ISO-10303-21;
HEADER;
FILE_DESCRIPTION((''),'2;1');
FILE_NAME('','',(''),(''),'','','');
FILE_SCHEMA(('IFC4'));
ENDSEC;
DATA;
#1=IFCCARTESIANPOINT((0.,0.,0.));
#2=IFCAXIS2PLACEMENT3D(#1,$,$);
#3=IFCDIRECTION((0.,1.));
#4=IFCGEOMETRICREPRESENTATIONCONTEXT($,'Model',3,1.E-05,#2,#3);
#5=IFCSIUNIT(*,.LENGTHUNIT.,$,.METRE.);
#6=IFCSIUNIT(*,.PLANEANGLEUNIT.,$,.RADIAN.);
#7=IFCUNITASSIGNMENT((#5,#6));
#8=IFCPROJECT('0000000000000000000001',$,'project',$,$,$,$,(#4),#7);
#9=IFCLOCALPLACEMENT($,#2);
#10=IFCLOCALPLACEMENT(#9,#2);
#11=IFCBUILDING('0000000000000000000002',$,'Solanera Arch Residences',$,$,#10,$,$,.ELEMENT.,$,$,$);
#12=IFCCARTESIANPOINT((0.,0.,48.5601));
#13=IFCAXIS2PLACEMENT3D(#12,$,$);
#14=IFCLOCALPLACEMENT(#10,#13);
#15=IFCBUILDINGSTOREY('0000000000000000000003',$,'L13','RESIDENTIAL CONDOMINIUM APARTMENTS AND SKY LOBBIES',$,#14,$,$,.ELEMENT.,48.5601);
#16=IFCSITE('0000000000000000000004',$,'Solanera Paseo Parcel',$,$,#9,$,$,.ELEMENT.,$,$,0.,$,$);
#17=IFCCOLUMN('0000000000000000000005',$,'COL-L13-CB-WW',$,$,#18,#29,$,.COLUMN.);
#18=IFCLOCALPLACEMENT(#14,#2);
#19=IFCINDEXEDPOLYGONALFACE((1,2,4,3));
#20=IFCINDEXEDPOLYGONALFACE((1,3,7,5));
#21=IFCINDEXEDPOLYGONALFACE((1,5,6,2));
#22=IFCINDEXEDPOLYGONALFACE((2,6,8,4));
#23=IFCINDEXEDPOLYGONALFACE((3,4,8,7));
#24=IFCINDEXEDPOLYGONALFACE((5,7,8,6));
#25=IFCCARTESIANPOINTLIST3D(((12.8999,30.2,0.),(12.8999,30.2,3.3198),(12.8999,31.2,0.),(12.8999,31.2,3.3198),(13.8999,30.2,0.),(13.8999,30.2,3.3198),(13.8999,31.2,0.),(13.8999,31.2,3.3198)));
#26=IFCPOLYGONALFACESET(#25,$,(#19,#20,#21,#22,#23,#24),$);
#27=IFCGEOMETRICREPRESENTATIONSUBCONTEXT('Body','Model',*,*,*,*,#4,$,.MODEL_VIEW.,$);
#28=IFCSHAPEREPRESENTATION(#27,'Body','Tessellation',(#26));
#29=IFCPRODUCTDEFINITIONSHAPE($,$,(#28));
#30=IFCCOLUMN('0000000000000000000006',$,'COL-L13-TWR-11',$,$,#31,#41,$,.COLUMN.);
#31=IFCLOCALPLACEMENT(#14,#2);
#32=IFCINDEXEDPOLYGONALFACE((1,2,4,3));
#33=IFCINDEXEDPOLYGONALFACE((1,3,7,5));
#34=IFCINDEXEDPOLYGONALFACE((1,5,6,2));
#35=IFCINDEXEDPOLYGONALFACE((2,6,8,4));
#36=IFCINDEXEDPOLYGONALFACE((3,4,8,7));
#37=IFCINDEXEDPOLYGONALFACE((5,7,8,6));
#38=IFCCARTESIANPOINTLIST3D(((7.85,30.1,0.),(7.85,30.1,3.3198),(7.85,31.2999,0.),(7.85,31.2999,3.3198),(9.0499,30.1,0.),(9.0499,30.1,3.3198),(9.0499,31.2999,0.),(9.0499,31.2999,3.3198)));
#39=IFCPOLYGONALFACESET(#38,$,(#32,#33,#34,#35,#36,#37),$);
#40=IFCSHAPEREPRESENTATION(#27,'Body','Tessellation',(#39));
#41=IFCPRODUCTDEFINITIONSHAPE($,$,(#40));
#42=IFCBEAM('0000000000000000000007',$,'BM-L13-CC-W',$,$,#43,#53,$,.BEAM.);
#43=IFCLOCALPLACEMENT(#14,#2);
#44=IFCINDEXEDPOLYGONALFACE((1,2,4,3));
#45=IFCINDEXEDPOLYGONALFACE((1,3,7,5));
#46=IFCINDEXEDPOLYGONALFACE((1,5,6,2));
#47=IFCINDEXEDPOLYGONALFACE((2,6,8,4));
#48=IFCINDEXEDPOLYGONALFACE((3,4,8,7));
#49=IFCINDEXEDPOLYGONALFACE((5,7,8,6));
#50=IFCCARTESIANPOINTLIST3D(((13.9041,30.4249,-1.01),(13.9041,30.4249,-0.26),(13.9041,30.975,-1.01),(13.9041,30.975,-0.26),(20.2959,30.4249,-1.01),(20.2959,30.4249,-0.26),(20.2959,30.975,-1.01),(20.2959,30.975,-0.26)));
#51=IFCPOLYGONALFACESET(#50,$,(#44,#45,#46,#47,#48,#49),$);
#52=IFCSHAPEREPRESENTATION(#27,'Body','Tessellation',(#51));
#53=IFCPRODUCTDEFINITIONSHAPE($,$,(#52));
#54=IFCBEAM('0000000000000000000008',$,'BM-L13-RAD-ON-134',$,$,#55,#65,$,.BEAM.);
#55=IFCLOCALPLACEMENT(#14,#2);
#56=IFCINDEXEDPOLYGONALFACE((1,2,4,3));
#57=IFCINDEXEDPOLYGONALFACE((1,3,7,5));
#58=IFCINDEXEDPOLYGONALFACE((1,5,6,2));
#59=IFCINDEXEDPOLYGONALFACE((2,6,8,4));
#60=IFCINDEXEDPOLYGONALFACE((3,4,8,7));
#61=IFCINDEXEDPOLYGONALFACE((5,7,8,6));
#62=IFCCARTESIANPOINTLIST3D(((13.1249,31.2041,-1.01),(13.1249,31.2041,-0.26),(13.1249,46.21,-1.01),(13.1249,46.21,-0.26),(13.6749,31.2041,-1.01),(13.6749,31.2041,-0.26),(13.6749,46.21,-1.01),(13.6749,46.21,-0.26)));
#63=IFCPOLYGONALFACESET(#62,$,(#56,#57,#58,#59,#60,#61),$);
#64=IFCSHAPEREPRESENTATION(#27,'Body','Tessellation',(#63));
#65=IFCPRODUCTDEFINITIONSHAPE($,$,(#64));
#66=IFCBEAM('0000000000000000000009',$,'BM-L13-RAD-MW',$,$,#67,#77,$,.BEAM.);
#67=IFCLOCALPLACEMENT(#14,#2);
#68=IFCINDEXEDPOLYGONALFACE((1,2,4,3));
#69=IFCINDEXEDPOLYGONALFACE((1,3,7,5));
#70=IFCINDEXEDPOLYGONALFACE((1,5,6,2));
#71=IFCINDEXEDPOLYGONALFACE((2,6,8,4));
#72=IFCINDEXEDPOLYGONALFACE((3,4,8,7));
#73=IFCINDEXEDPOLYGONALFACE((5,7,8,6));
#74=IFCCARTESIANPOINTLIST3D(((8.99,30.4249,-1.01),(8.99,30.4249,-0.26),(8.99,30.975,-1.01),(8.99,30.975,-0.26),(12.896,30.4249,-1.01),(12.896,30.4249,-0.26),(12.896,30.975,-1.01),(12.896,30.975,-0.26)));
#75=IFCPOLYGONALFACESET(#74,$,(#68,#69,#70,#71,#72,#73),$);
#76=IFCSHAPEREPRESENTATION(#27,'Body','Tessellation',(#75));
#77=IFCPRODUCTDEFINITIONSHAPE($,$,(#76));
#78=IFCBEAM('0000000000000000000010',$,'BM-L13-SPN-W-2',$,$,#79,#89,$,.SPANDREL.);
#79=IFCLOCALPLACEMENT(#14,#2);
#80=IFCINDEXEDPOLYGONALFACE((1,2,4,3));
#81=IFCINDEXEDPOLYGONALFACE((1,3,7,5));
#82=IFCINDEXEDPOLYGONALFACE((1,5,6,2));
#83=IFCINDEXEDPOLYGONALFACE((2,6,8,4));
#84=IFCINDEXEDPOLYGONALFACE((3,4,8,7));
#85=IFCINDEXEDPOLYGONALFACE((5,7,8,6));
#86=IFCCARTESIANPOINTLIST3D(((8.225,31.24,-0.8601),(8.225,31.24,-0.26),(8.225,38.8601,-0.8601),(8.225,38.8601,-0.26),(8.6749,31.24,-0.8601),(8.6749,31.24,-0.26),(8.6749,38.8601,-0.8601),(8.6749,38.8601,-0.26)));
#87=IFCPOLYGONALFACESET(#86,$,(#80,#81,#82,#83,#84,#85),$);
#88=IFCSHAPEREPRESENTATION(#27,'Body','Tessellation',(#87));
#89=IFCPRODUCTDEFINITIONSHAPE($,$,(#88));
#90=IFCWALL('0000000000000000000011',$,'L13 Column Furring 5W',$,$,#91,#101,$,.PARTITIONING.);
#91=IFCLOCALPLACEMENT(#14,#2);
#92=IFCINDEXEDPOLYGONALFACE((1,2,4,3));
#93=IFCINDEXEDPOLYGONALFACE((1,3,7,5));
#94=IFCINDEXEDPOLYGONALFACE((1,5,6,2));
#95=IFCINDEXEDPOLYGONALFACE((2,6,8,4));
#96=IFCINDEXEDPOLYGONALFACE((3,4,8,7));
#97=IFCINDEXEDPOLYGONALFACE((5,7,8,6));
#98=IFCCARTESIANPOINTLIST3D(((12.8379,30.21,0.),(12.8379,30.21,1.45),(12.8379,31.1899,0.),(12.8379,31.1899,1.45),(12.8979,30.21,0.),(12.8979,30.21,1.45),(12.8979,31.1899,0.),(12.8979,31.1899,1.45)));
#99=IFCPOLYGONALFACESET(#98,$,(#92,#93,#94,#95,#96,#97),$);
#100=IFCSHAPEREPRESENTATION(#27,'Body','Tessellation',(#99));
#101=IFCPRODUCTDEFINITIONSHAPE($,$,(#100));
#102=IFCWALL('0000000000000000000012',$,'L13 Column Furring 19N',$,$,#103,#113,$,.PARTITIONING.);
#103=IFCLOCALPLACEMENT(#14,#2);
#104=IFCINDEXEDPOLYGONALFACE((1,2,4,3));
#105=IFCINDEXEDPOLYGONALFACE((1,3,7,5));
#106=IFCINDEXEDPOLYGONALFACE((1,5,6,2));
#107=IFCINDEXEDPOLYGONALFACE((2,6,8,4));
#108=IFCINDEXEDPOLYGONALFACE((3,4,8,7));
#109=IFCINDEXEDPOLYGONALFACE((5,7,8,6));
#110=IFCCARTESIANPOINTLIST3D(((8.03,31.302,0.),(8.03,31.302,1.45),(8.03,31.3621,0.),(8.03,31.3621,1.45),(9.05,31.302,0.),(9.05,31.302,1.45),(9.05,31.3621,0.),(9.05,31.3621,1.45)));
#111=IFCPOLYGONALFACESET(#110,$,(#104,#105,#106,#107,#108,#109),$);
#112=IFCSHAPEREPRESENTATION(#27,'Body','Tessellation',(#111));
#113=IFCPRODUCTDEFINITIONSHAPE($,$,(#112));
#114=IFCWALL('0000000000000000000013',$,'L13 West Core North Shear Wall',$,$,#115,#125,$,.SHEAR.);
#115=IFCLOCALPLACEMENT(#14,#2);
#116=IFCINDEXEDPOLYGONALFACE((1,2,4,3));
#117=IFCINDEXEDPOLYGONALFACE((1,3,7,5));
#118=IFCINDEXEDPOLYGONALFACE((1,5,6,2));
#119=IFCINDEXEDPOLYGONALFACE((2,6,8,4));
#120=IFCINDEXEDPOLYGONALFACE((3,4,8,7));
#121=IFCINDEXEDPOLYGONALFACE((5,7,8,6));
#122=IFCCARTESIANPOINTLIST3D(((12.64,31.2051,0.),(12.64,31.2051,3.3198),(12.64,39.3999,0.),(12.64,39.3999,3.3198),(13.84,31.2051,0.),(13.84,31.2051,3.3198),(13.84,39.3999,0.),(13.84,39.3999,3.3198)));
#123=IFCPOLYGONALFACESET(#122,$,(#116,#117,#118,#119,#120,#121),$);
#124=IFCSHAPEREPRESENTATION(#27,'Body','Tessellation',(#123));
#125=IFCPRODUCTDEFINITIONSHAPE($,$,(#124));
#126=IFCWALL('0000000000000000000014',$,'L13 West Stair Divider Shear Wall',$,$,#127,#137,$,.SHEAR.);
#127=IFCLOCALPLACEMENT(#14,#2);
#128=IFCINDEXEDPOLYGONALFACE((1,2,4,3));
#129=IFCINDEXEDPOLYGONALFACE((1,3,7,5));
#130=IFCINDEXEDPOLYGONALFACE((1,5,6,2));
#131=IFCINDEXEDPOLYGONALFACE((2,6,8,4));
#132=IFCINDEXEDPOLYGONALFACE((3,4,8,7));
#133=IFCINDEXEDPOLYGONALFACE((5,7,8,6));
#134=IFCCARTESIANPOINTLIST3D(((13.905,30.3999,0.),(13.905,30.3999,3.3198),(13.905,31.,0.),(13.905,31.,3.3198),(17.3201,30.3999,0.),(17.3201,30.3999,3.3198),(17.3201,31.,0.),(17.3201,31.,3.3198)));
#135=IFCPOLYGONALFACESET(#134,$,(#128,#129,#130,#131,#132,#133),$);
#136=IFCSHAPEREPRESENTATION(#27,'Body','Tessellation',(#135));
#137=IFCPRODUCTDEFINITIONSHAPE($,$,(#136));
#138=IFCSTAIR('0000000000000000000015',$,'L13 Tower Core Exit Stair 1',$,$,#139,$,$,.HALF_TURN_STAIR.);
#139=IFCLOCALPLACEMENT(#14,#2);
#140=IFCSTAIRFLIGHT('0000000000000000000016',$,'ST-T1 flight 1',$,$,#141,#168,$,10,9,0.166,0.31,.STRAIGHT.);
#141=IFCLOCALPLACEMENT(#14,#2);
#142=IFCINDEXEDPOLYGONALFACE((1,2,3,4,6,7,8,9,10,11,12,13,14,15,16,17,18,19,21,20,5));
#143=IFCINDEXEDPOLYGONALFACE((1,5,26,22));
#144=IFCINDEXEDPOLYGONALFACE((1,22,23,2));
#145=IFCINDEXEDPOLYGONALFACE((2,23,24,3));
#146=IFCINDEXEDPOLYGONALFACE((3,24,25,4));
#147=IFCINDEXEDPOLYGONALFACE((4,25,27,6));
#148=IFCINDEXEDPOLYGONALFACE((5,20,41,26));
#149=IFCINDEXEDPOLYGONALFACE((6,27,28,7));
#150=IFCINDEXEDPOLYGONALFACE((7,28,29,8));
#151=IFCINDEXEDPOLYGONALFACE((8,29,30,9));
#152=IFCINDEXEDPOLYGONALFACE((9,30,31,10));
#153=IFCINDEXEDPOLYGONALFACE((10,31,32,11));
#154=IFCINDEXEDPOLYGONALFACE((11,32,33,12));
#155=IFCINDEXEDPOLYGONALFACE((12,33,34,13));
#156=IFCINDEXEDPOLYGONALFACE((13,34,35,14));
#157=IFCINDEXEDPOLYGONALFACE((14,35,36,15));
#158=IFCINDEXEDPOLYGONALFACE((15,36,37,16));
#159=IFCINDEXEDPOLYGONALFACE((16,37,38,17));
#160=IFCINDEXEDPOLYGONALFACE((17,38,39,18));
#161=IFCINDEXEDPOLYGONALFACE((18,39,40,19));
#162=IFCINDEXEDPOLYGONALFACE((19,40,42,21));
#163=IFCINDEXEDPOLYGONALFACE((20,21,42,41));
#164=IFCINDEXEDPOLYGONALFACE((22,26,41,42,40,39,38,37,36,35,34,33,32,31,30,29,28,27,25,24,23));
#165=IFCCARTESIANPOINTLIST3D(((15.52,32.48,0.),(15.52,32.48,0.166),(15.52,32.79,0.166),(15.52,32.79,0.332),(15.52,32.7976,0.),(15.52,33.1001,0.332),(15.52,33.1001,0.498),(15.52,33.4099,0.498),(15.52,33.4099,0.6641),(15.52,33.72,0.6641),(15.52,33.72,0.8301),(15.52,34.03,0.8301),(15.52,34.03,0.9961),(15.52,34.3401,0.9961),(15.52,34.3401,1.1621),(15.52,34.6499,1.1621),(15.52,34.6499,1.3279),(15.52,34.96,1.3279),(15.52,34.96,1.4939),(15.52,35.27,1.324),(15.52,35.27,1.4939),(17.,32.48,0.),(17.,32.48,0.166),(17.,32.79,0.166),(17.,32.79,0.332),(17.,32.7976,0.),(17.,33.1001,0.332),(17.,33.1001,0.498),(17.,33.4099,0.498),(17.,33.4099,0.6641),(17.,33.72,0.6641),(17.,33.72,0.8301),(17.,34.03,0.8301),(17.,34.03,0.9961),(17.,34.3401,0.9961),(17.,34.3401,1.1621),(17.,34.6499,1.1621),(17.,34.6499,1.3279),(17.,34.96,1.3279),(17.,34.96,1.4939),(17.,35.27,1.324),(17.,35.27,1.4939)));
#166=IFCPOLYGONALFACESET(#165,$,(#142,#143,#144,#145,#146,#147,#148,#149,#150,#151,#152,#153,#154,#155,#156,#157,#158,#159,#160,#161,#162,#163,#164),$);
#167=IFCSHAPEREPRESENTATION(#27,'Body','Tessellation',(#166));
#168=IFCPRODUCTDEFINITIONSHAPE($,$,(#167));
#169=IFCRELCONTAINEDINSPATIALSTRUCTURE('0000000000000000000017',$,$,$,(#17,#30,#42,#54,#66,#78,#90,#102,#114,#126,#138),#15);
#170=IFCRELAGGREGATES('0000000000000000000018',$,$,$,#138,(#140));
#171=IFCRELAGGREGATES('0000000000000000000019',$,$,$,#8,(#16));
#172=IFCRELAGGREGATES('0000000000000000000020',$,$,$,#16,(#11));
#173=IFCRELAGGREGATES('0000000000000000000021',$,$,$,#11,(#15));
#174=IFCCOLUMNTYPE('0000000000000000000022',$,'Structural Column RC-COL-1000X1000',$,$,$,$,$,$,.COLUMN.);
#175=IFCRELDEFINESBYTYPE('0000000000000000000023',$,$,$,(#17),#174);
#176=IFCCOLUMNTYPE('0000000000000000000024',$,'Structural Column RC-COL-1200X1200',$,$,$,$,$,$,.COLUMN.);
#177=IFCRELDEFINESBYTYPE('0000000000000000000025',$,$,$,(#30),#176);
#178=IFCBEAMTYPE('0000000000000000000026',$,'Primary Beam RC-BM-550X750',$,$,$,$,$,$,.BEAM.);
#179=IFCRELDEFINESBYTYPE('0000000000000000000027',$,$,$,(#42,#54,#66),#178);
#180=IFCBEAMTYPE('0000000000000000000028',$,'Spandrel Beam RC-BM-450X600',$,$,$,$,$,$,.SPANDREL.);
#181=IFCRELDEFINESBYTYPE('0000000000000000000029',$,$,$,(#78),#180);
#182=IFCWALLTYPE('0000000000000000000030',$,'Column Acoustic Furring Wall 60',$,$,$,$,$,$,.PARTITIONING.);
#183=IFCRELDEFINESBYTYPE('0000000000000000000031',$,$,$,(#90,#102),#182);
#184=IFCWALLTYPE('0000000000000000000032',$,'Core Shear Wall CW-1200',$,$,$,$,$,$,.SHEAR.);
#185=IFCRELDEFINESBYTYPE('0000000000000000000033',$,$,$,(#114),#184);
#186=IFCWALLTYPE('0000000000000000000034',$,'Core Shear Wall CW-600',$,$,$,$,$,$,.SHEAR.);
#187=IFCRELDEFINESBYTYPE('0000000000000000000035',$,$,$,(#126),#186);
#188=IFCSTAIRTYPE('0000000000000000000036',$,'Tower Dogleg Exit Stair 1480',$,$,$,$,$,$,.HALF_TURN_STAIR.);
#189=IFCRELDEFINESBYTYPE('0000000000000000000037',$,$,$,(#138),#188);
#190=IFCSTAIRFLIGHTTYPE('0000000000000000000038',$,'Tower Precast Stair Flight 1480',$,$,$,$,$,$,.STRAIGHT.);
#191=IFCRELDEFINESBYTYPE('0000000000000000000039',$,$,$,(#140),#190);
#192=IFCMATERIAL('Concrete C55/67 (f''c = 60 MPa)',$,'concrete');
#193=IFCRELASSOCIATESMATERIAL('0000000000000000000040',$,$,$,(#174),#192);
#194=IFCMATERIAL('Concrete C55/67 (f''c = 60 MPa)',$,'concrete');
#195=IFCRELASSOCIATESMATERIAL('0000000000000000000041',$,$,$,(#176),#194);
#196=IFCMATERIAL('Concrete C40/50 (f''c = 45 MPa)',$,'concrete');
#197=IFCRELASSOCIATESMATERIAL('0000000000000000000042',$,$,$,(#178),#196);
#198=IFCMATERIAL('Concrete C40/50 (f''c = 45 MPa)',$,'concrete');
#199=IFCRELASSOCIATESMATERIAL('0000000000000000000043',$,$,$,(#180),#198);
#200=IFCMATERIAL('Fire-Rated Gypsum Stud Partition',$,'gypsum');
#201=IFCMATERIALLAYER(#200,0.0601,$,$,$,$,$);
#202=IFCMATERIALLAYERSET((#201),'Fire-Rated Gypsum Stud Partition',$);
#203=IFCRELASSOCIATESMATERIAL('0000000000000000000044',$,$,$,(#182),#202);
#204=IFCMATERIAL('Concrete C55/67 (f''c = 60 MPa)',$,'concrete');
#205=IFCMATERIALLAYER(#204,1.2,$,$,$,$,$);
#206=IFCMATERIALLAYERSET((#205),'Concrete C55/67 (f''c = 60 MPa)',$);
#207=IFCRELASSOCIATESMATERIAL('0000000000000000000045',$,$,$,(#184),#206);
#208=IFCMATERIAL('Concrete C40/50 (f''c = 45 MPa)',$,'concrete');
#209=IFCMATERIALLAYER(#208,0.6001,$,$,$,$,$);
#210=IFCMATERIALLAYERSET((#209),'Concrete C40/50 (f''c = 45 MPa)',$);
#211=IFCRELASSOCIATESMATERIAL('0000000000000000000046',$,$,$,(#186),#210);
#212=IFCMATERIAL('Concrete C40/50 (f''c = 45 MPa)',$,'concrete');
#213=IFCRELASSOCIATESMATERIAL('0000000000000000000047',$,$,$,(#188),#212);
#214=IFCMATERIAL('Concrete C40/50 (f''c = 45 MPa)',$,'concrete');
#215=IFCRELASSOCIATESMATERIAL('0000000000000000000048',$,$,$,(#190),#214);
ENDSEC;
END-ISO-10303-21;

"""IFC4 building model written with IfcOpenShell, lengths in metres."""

from ifc_helpers import new_model, si_unit, direction, frame, frame_2d, origin, origin_2d, place, context, subcontext, project, spatial, polyline, rectangle, outline, extrude, material, layer, layer_set, material_profile, profile_set, type_object, element, aggregate, save


model = new_model("IFC4")

# Units and contexts
model_context = context("Model", 3, precision=1e-05, world=origin(), true_north=direction((0.0, 1.0)))
body_context = subcontext(model_context, "Body", "Model", "MODEL_VIEW")
ifc_project = project(units=[si_unit("LENGTHUNIT", "METRE"), si_unit("PLANEANGLEUNIT", "RADIAN")], contexts=[model_context])

# Site, building, storey
site_placement = place(None, origin())
site = spatial("IfcSite", under=ifc_project, at=site_placement, Name="Solanera Paseo Parcel", CompositionType="ELEMENT", RefElevation=0.0)
building_placement = place(site_placement, origin())
building = spatial("IfcBuilding", under=site, at=building_placement, Name="Solanera Arch Residences", CompositionType="ELEMENT")
storey_placement = place(building_placement, frame((0.0, 0.0, 48.5601)))
storey = spatial("IfcBuildingStorey", under=building, at=storey_placement, Name="L13", Description="RESIDENTIAL CONDOMINIUM APARTMENTS AND SKY LOBBIES", CompositionType="ELEMENT", Elevation=48.5601)

# Columns
ifc_material_1 = material(Name="Concrete C55/67 (f'c = 60 MPa)", Category="concrete")
ifc_material_profile_1 = material_profile(ifc_material_1, rectangle(XDim=1.0, YDim=1.0, at=origin_2d()))
ifc_profile_set_1 = profile_set([ifc_material_profile_1], Name="Concrete C55/67 (f'c = 60 MPa)")
column_type_1 = type_object("IfcColumnType", Name="Structural Column RC-COL-1000X1000", PredefinedType="COLUMN", material=ifc_profile_set_1)
column_1_placement = place(storey_placement, frame((13.3999, 30.7, 0.0), z_axis=(0.0, 0.0, 1.0), x_axis=(1.0, 0.0, 0.0)))
element("IfcColumn", 1, at=column_1_placement, inside=storey, type_object=column_type_1, Name="COL-L13-CB-WW", PredefinedType="COLUMN", context=body_context, shape_type="SweptSolid", body=[
    extrude(rectangle(XDim=1.0, YDim=1.0, at=origin_2d()), origin(), (0.0, 0.0, 1.0), 3.3198),
])
ifc_material_2 = material(Name="Concrete C55/67 (f'c = 60 MPa)", Category="concrete")
ifc_material_profile_2 = material_profile(ifc_material_2, rectangle(XDim=1.2, YDim=1.2, at=origin_2d()))
ifc_profile_set_2 = profile_set([ifc_material_profile_2], Name="Concrete C55/67 (f'c = 60 MPa)")
column_type_2 = type_object("IfcColumnType", Name="Structural Column RC-COL-1200X1200", PredefinedType="COLUMN", material=ifc_profile_set_2)
column_2_placement = place(storey_placement, frame((8.45, 30.7, 0.0), z_axis=(0.0, 0.0, 1.0), x_axis=(1.0, 0.0, 0.0)))
element("IfcColumn", 2, at=column_2_placement, inside=storey, type_object=column_type_2, Name="COL-L13-TWR-11", PredefinedType="COLUMN", context=body_context, shape_type="SweptSolid", body=[
    extrude(rectangle(XDim=1.2, YDim=1.2, at=origin_2d()), origin(), (0.0, 0.0, 1.0), 3.3198),
])

# Beams
ifc_material_3 = material(Name="Concrete C40/50 (f'c = 45 MPa)", Category="concrete")
ifc_material_profile_3 = material_profile(ifc_material_3, rectangle(XDim=0.55, YDim=0.75, at=origin_2d()))
ifc_profile_set_3 = profile_set([ifc_material_profile_3], Name="Concrete C40/50 (f'c = 45 MPa)")
beam_type_1 = type_object("IfcBeamType", Name="Primary Beam RC-BM-550X750", PredefinedType="BEAM", material=ifc_profile_set_3)
beam_1_placement = place(storey_placement, frame((13.9041, 30.7, -0.635), z_axis=(1.0, 0.0, 0.0), x_axis=(0.0, 1.0, 0.0)))
element("IfcBeam", 3, at=beam_1_placement, inside=storey, type_object=beam_type_1, Name="BM-L13-CC-W", PredefinedType="BEAM", context=body_context, shape_type="SweptSolid", body=[
    extrude(rectangle(XDim=0.55, YDim=0.75, at=origin_2d()), origin(), (0.0, 0.0, 1.0), 6.3918),
])
beam_2_placement = place(storey_placement, frame((13.3999, 31.2041, -0.635), z_axis=(0.0, 1.0, 0.0), x_axis=(-1.0, 0.0, 0.0)))
element("IfcBeam", 4, at=beam_2_placement, inside=storey, type_object=beam_type_1, Name="BM-L13-RAD-ON-134", PredefinedType="BEAM", context=body_context, shape_type="SweptSolid", body=[
    extrude(rectangle(XDim=0.55, YDim=0.75, at=origin_2d()), origin(), (0.0, 0.0, 1.0), 15.0059),
])
beam_3_placement = place(storey_placement, frame((8.99, 30.7, -0.635), z_axis=(1.0, 0.0, 0.0), x_axis=(0.0, 1.0, 0.0)))
element("IfcBeam", 5, at=beam_3_placement, inside=storey, type_object=beam_type_1, Name="BM-L13-RAD-MW", PredefinedType="BEAM", context=body_context, shape_type="SweptSolid", body=[
    extrude(rectangle(XDim=0.55, YDim=0.75, at=origin_2d()), origin(), (0.0, 0.0, 1.0), 3.906),
])
ifc_material_4 = material(Name="Concrete C40/50 (f'c = 45 MPa)", Category="concrete")
ifc_material_profile_4 = material_profile(ifc_material_4, rectangle(XDim=0.45, YDim=0.6001, at=origin_2d()))
ifc_profile_set_4 = profile_set([ifc_material_profile_4], Name="Concrete C40/50 (f'c = 45 MPa)")
beam_type_2 = type_object("IfcBeamType", Name="Spandrel Beam RC-BM-450X600", PredefinedType="SPANDREL", material=ifc_profile_set_4)
beam_4_placement = place(storey_placement, frame((8.45, 31.24, -0.5601), z_axis=(0.0, 1.0, 0.0), x_axis=(-1.0, 0.0, 0.0)))
element("IfcBeam", 6, at=beam_4_placement, inside=storey, type_object=beam_type_2, Name="BM-L13-SPN-W-2", PredefinedType="SPANDREL", context=body_context, shape_type="SweptSolid", body=[
    extrude(rectangle(XDim=0.45, YDim=0.6001, at=origin_2d()), origin(), (0.0, 0.0, 1.0), 7.6201),
])

# Walls
ifc_material_5 = material(Name="Fire-Rated Gypsum Stud Partition", Category="gypsum")
ifc_layer_1 = layer(ifc_material_5, 0.0601)
ifc_layer_set_1 = layer_set([ifc_layer_1], Name="Fire-Rated Gypsum Stud Partition")
wall_type_1 = type_object("IfcWallType", Name="Column Acoustic Furring Wall 60", PredefinedType="PARTITIONING", material=ifc_layer_set_1)
wall_1_placement = place(storey_placement, frame((12.8679, 30.21, 0.0), z_axis=(0.0, 0.0, 1.0), x_axis=(0.0, 1.0, 0.0)))
element("IfcWall", 7, at=wall_1_placement, inside=storey, type_object=wall_type_1, Name="L13 Column Furring 5W", PredefinedType="PARTITIONING", context=body_context, shape_type="SweptSolid", body=[
    extrude(rectangle(XDim=0.98, YDim=0.0601, at=frame_2d((0.49, 0.0))), origin(), (0.0, 0.0, 1.0), 1.45),
])
wall_2_placement = place(storey_placement, frame((8.03, 31.332, 0.0), z_axis=(0.0, 0.0, 1.0), x_axis=(1.0, 0.0, 0.0)))
element("IfcWall", 8, at=wall_2_placement, inside=storey, type_object=wall_type_1, Name="L13 Column Furring 19N", PredefinedType="PARTITIONING", context=body_context, shape_type="SweptSolid", body=[
    extrude(rectangle(XDim=1.02, YDim=0.0601, at=frame_2d((0.51, 0.0))), origin(), (0.0, 0.0, 1.0), 1.45),
])
ifc_material_6 = material(Name="Concrete C55/67 (f'c = 60 MPa)", Category="concrete")
ifc_layer_2 = layer(ifc_material_6, 1.2)
ifc_layer_set_2 = layer_set([ifc_layer_2], Name="Concrete C55/67 (f'c = 60 MPa)")
wall_type_2 = type_object("IfcWallType", Name="Core Shear Wall CW-1200", PredefinedType="SHEAR", material=ifc_layer_set_2)
wall_3_placement = place(storey_placement, frame((13.24, 31.2051, 0.0), z_axis=(0.0, 0.0, 1.0), x_axis=(0.0, 1.0, 0.0)))
element("IfcWall", 9, at=wall_3_placement, inside=storey, type_object=wall_type_2, Name="L13 West Core North Shear Wall", PredefinedType="SHEAR", context=body_context, shape_type="SweptSolid", body=[
    extrude(rectangle(XDim=8.1948, YDim=1.2, at=frame_2d((4.0974, 0.0))), origin(), (0.0, 0.0, 1.0), 3.3198),
])
ifc_material_7 = material(Name="Concrete C40/50 (f'c = 45 MPa)", Category="concrete")
ifc_layer_3 = layer(ifc_material_7, 0.6001)
ifc_layer_set_3 = layer_set([ifc_layer_3], Name="Concrete C40/50 (f'c = 45 MPa)")
wall_type_3 = type_object("IfcWallType", Name="Core Shear Wall CW-600", PredefinedType="SHEAR", material=ifc_layer_set_3)
wall_4_placement = place(storey_placement, frame((13.905, 30.7, 0.0), z_axis=(0.0, 0.0, 1.0), x_axis=(1.0, 0.0, 0.0)))
element("IfcWall", 10, at=wall_4_placement, inside=storey, type_object=wall_type_3, Name="L13 West Stair Divider Shear Wall", PredefinedType="SHEAR", context=body_context, shape_type="SweptSolid", body=[
    extrude(rectangle(XDim=3.415, YDim=0.6001, at=frame_2d((1.7075, 0.0))), origin(), (0.0, 0.0, 1.0), 3.3198),
])

# Stair, stair flight
ifc_material_8 = material(Name="Concrete C40/50 (f'c = 45 MPa)", Category="concrete")
stair_type = type_object("IfcStairType", Name="Tower Dogleg Exit Stair 1480", PredefinedType="HALF_TURN_STAIR", material=ifc_material_8)
stair_placement = place(storey_placement, origin())
stair = element("IfcStair", 11, at=stair_placement, inside=storey, type_object=stair_type, Name="L13 Tower Core Exit Stair 1", PredefinedType="HALF_TURN_STAIR")
ifc_material_9 = material(Name="Concrete C40/50 (f'c = 45 MPa)", Category="concrete")
stair_flight_type = type_object("IfcStairFlightType", Name="Tower Precast Stair Flight 1480", PredefinedType="STRAIGHT", material=ifc_material_9)
stair_flight_1_placement = place(storey_placement, frame((16.26, 32.48, 0.0), z_axis=(0.0, 0.0, 1.0), x_axis=(0.0, 1.0, 0.0)))
stair_flight_1 = element("IfcStairFlight", 12, at=stair_flight_1_placement, type_object=stair_flight_type, Name="ST-T1 flight 1", NumberOfRisers=10, NumberOfTreads=9, PredefinedType="STRAIGHT", RiserHeight=0.166, TreadLength=0.31, context=body_context, shape_type="SweptSolid", body=[
    extrude(outline(polyline([(0.0, 0.0), (0.0, 0.166), (0.3101, 0.166), (0.3101, 0.332), (0.6201, 0.332), (0.6201, 0.498), (0.9299, 0.498), (0.9299, 0.6641), (1.24, 0.6641), (1.24, 0.8301), (1.55, 0.8301), (1.55, 0.9961), (1.8601, 0.9961), (1.8601, 1.1621), (2.1699, 1.1621), (2.1699, 1.3279), (2.48, 1.3279), (2.48, 1.4939), (2.79, 1.4939), (2.79, 1.6599), (2.79, 1.324), (0.3176, 0.0), (0.0, 0.0)])), frame((0.0, 0.74, 0.0), z_axis=(0.0, -1.0, 0.0), x_axis=(1.0, 0.0, 0.0)), (0.0, 0.0, 1.0), 1.48),
])
aggregate(stair, [stair_flight_1])

save(model, "model.ifc")
